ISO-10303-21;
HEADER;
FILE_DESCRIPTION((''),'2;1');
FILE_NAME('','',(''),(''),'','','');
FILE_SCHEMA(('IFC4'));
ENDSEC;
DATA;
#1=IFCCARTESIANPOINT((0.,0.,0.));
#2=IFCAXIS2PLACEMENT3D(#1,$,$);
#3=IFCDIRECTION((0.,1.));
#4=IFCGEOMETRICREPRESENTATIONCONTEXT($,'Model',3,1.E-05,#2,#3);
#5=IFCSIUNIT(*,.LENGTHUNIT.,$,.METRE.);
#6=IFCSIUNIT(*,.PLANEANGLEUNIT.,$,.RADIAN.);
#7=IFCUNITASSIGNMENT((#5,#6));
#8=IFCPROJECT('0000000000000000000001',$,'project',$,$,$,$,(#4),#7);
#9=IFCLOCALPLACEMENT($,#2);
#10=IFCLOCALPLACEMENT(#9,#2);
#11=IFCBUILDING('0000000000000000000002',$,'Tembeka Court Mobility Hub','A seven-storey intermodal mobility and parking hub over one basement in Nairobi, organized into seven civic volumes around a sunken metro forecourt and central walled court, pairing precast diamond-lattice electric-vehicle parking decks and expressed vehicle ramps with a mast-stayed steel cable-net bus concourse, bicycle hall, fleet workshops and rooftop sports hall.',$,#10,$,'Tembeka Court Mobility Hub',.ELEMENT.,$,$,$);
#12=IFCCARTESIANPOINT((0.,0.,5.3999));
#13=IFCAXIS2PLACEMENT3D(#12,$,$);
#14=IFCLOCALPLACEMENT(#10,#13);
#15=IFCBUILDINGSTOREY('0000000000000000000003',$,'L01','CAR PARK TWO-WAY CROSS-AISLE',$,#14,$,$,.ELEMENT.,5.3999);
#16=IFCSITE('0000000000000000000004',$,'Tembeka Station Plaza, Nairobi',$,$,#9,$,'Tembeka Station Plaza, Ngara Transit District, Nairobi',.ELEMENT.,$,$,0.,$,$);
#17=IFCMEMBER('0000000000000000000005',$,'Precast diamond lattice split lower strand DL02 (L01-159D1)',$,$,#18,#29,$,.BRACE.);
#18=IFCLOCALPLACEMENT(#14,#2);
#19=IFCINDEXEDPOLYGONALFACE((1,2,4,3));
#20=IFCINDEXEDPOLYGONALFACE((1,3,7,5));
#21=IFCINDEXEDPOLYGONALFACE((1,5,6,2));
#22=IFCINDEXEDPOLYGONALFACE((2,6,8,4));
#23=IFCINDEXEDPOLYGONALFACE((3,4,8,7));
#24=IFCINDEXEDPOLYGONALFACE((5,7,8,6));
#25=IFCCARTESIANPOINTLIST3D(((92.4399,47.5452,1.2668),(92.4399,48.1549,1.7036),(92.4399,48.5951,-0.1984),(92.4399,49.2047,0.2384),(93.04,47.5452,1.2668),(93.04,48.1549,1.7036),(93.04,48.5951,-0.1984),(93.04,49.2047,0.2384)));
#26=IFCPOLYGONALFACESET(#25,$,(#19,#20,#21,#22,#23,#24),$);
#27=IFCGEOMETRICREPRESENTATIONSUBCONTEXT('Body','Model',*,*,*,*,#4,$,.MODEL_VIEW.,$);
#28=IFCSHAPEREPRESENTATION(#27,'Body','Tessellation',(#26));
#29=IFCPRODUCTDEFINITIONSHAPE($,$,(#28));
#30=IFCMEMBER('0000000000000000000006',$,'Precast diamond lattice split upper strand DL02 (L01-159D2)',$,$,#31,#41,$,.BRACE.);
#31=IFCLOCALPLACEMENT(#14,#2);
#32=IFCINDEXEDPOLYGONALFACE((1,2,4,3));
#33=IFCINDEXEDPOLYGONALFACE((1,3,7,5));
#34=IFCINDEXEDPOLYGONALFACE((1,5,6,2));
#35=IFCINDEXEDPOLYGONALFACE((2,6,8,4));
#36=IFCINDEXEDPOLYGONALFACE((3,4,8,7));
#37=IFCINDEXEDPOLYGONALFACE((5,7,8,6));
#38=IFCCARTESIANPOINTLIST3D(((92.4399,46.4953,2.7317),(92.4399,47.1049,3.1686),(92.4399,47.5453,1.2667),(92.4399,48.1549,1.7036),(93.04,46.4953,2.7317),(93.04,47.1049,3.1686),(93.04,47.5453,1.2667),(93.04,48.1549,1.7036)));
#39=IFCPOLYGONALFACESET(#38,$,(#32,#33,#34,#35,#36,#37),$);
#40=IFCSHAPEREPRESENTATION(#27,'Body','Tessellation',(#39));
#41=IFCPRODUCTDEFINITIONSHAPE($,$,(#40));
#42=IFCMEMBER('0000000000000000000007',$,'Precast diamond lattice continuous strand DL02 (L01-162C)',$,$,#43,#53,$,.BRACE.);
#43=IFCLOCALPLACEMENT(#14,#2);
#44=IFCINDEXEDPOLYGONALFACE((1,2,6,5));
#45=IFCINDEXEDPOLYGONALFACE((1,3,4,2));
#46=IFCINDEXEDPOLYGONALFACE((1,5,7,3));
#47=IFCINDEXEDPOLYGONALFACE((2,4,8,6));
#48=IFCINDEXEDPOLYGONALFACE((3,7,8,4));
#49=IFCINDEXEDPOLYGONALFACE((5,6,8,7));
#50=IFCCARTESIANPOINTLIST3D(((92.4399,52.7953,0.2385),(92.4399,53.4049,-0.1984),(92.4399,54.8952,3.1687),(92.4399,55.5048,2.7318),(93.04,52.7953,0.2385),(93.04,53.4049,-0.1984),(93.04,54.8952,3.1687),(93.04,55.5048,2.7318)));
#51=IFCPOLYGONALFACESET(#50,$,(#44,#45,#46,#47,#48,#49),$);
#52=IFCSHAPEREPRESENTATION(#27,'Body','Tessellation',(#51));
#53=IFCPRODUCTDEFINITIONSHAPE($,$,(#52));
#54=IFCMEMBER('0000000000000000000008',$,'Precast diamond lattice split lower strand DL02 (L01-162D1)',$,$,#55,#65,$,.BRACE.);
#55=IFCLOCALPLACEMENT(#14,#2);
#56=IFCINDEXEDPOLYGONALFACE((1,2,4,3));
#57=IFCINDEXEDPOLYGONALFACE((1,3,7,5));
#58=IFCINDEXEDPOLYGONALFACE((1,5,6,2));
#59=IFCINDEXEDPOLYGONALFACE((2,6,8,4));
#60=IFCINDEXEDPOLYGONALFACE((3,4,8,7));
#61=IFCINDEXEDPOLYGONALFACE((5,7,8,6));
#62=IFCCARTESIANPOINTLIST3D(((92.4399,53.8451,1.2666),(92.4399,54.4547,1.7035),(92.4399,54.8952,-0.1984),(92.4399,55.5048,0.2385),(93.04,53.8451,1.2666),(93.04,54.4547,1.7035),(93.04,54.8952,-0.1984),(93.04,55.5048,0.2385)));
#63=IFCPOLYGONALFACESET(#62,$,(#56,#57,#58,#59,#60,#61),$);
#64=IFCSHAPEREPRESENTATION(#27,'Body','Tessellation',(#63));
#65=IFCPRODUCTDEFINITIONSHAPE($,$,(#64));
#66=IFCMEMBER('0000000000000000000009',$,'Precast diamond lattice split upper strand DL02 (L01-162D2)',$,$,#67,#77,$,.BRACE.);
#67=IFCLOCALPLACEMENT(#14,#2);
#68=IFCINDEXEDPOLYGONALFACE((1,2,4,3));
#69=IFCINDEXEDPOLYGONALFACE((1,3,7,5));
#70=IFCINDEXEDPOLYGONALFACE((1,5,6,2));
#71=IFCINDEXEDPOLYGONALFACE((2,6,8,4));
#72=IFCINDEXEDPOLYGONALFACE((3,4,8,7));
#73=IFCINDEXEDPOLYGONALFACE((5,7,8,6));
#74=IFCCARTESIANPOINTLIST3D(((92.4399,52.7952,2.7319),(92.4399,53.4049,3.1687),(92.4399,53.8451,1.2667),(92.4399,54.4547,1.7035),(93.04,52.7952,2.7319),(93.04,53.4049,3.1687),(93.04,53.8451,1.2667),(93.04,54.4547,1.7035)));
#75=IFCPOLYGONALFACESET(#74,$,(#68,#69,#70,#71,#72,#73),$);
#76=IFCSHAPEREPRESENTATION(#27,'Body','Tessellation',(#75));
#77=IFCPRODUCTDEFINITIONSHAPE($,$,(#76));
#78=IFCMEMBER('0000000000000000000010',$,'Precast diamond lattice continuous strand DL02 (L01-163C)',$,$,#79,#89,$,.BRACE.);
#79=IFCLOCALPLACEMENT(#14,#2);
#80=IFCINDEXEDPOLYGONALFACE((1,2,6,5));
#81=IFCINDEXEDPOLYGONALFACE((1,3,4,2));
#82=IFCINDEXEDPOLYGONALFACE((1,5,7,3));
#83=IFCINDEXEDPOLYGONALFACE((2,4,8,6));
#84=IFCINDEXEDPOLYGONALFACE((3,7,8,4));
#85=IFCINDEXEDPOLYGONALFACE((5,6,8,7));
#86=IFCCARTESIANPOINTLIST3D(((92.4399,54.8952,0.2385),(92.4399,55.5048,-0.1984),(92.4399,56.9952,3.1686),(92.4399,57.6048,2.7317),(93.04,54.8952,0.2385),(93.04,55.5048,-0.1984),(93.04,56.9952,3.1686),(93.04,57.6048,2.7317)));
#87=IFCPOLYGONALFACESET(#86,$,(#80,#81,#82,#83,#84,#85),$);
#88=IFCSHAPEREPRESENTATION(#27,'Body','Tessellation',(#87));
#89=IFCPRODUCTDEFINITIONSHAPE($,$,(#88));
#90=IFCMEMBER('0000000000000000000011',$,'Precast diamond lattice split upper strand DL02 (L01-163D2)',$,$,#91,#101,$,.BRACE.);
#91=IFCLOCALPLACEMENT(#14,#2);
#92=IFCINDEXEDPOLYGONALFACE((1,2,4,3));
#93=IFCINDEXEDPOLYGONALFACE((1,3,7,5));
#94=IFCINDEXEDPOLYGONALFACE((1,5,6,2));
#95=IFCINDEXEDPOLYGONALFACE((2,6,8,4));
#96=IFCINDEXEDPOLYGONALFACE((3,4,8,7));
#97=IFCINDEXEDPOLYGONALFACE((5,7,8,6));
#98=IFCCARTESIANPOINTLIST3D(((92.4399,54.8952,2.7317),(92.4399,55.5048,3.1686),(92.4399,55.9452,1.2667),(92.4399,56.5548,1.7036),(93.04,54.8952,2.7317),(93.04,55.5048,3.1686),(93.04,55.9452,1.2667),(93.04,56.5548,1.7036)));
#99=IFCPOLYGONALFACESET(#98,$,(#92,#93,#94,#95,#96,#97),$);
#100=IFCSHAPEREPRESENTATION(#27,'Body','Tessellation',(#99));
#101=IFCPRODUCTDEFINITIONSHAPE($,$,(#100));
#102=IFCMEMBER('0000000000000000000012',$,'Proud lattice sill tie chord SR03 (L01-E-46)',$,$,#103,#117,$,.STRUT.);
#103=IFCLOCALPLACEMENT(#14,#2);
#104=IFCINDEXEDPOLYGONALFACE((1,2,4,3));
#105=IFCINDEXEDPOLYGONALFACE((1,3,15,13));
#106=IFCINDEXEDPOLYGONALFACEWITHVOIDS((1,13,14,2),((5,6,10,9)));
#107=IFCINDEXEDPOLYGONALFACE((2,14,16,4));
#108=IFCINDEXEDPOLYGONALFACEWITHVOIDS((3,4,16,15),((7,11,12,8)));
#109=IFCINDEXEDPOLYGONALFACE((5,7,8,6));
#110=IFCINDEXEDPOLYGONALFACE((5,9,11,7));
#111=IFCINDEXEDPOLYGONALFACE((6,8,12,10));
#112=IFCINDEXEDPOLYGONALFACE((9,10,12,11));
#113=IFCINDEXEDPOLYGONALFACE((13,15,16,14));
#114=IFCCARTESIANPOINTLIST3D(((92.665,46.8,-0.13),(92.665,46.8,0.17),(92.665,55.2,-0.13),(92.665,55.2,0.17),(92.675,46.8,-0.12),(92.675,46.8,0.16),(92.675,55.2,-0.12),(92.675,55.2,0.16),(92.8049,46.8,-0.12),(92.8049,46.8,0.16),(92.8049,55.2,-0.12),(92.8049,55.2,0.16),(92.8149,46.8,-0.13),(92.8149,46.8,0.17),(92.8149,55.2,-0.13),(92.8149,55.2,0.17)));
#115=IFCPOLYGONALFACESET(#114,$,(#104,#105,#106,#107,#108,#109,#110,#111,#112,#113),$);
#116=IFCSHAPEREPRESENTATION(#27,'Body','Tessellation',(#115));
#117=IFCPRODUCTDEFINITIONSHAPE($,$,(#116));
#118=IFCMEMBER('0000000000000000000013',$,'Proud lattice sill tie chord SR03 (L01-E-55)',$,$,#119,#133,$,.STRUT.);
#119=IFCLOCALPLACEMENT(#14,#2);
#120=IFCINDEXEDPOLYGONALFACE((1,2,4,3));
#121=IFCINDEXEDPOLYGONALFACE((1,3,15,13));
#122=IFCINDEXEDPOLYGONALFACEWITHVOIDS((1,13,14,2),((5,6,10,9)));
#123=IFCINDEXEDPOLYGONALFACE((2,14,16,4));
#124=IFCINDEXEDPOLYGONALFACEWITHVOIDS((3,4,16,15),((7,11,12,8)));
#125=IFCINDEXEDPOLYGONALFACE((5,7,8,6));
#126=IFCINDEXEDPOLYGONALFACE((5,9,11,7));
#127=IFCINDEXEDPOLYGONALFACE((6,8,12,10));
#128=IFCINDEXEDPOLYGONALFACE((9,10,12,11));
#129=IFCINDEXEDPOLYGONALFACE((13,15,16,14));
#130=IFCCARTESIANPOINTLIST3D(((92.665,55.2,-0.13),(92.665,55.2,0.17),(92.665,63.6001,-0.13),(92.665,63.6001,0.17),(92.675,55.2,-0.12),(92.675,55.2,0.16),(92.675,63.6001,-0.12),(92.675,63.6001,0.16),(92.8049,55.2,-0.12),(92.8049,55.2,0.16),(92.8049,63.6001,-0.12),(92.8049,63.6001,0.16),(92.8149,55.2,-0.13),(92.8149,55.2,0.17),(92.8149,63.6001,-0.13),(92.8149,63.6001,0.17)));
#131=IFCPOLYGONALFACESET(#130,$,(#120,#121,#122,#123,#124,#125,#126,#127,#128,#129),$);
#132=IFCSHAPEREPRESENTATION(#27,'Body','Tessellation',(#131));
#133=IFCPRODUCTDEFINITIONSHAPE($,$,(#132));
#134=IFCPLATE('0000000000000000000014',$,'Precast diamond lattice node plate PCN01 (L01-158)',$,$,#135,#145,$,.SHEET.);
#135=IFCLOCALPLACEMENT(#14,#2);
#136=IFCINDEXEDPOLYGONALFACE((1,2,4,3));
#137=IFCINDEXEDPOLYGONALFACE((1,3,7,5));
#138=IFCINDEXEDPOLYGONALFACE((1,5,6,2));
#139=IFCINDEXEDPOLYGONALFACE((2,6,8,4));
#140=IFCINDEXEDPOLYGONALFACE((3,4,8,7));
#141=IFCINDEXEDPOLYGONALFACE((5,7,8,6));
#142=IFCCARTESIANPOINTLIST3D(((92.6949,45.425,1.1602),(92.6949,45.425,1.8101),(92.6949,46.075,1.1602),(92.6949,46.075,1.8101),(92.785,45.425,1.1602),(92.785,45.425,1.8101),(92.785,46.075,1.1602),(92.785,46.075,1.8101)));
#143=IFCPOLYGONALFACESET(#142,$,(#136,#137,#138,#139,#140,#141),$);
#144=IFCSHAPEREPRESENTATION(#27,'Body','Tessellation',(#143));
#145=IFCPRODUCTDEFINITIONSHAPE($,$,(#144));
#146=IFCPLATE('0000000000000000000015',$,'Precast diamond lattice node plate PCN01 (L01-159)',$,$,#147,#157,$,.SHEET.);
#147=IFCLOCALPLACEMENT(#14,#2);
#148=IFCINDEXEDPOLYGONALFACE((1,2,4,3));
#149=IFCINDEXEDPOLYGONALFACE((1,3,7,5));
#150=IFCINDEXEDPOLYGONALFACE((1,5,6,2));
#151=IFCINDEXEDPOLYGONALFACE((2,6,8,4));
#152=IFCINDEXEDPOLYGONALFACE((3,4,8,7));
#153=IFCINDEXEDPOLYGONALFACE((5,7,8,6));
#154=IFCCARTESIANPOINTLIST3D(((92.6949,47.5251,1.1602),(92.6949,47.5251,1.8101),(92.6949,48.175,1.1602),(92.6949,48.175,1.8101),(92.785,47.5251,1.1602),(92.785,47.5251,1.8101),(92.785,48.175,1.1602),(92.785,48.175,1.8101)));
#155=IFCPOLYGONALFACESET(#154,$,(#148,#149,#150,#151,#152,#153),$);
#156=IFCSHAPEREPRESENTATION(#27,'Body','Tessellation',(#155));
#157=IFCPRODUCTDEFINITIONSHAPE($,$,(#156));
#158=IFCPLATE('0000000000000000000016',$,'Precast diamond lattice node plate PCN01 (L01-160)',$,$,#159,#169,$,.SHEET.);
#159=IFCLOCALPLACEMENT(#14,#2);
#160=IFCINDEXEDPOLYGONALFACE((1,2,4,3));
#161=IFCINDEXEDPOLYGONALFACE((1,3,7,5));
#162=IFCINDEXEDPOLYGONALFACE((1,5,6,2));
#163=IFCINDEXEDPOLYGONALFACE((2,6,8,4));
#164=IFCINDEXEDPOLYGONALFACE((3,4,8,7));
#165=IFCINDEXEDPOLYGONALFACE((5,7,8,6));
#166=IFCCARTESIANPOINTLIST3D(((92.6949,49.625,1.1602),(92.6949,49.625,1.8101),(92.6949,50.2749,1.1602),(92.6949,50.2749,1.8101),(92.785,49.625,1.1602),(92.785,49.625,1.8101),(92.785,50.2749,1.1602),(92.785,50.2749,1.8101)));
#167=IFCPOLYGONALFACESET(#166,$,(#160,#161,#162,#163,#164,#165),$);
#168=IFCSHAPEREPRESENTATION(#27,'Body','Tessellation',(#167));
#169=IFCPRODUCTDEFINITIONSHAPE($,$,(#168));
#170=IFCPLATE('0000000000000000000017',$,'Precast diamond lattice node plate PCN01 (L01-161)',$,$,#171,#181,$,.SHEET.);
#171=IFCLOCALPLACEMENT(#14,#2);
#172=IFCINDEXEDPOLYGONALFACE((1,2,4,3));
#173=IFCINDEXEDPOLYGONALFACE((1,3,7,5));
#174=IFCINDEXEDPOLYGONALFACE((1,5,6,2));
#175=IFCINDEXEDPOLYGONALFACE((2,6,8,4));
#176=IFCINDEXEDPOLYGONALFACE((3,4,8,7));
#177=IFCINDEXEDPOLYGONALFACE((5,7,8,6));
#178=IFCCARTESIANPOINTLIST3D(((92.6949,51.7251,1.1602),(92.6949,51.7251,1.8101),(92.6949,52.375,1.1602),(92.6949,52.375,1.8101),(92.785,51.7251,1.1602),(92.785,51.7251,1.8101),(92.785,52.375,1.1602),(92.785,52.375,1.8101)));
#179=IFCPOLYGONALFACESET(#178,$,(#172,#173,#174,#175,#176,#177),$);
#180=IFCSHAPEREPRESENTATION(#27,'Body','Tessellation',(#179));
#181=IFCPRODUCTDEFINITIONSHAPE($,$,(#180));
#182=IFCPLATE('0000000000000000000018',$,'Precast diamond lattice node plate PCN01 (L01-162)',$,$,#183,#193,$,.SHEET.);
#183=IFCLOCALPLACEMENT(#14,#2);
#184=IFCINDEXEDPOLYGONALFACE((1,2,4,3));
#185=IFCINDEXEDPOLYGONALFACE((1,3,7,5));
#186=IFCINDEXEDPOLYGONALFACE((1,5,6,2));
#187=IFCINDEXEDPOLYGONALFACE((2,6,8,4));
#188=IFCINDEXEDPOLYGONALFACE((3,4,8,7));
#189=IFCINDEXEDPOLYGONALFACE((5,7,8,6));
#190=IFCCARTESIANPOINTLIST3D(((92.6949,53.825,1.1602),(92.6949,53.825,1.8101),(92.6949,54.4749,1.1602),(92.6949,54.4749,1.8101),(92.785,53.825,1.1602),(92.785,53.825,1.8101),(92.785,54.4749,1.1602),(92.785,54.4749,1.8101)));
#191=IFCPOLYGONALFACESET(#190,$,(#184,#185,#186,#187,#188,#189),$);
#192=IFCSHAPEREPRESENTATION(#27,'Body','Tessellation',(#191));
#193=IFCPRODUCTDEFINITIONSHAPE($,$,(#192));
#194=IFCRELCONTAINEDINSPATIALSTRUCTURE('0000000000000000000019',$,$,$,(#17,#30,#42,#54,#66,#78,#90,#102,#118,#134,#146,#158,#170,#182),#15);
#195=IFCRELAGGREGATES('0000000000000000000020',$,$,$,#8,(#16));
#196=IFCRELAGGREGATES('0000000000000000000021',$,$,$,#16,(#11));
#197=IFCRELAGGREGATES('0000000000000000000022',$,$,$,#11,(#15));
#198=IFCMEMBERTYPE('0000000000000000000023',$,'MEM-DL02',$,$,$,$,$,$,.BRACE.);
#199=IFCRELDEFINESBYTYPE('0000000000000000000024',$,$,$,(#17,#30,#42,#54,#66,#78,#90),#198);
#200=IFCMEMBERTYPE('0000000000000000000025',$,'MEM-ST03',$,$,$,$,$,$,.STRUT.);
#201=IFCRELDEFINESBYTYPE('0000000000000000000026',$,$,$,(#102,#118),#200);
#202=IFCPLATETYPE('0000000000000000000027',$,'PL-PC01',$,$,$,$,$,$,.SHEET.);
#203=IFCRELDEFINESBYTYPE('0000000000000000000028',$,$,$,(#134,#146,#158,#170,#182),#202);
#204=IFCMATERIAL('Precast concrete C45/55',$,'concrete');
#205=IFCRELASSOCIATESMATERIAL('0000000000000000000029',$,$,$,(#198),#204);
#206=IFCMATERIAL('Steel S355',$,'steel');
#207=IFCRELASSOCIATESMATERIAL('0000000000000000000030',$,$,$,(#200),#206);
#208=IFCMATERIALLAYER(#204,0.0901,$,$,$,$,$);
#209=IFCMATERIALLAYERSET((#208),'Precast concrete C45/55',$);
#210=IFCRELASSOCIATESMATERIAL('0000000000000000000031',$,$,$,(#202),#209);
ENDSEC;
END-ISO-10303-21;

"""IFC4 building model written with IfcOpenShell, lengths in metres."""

from ifc_helpers import new_model, si_unit, direction, frame, origin, origin_2d, place, context, subcontext, project, spatial, rectangle, hollow_rectangle, extrude, material, layer, layer_set, material_profile, profile_set, type_object, element, save


model = new_model("IFC4")

# Units and contexts
model_context = context("Model", 3, precision=1e-05, world=origin(), true_north=direction((0.0, 1.0)))
body_context = subcontext(model_context, "Body", "Model", "MODEL_VIEW")
ifc_project = project(units=[si_unit("LENGTHUNIT", "METRE"), si_unit("PLANEANGLEUNIT", "RADIAN")], contexts=[model_context])

# Site, building, storey
site_placement = place(None, origin())
site = spatial("IfcSite", under=ifc_project, at=site_placement, Name="Tembeka Station Plaza, Nairobi", LongName="Tembeka Station Plaza, Ngara Transit District, Nairobi", CompositionType="ELEMENT", RefElevation=0.0)
building_placement = place(site_placement, origin())
building = spatial("IfcBuilding", under=site, at=building_placement, Name="Tembeka Court Mobility Hub", Description="A seven-storey intermodal mobility and parking hub over one basement in Nairobi, organized into seven civic volumes around a sunken metro forecourt and central walled court, pairing precast diamond-lattice electric-vehicle parking decks and expressed vehicle ramps with a mast-stayed steel cable-net bus concourse, bicycle hall, fleet workshops and rooftop sports hall.", LongName="Tembeka Court Mobility Hub", CompositionType="ELEMENT")
storey_placement = place(building_placement, frame((0.0, 0.0, 5.3999)))
storey = spatial("IfcBuildingStorey", under=building, at=storey_placement, Name="L01", Description="CAR PARK TWO-WAY CROSS-AISLE", CompositionType="ELEMENT", Elevation=5.3999)

# Shared definitions
ifc_material_1 = material(Name="Steel S355", Category="steel")

# Members
ifc_material_2 = material(Name="Precast concrete C45/55", Category="concrete")
ifc_material_profile_1 = material_profile(ifc_material_2, rectangle(XDim=0.6001, YDim=0.75, at=origin_2d()), Name="PC-DIAG 600x750")
ifc_profile_set_1 = profile_set([ifc_material_profile_1], Name="Precast concrete C45/55")
member_type_1 = type_object("IfcMemberType", Name="MEM-DL02", PredefinedType="BRACE", material=ifc_profile_set_1)
for number, where, z_axis, x_axis, name in (
    (1, (92.74, 48.8999, 0.02), (0.0, -0.582455, 0.812863), (1.0, 0.0, 0.0), "Precast diamond lattice split lower strand DL02 (L01-159D1)"),
    (2, (92.74, 47.8501, 1.4851), (0.0, -0.582544, 0.812799), (1.0, 0.0, 0.0), "Precast diamond lattice split upper strand DL02 (L01-159D2)"),
):
    element("IfcMember", number, at=place(storey_placement, frame(where, z_axis=z_axis, x_axis=x_axis)), inside=storey, type_object=member_type_1, Name=name, PredefinedType="BRACE", context=body_context, shape_type="SweptSolid", body=[
        extrude(rectangle(XDim=0.6001, YDim=0.75, at=origin_2d()), origin(), (0.0, 0.0, 1.0), 1.8025),
    ])
member_1_placement = place(storey_placement, frame((92.74, 53.1001, 0.02), z_axis=(0.0, 0.5825, 0.812831), x_axis=(-1.0, 0.0, 0.0)))
element("IfcMember", 3, at=member_1_placement, inside=storey, type_object=member_type_1, Name="Precast diamond lattice continuous strand DL02 (L01-162C)", PredefinedType="BRACE", context=body_context, shape_type="SweptSolid", body=[
    extrude(rectangle(XDim=0.6001, YDim=0.75, at=origin_2d()), origin(), (0.0, 0.0, 1.0), 3.605),
])
for number, where, z_axis, x_axis, name in (
    (4, (92.74, 55.2, 0.02), (0.0, -0.582544, 0.812799), (1.0, 0.0, 0.0), "Precast diamond lattice split lower strand DL02 (L01-162D1)"),
    (5, (92.74, 54.1499, 1.4851), (0.0, -0.582455, 0.812863), (1.0, 0.0, 0.0), "Precast diamond lattice split upper strand DL02 (L01-162D2)"),
):
    element("IfcMember", number, at=place(storey_placement, frame(where, z_axis=z_axis, x_axis=x_axis)), inside=storey, type_object=member_type_1, Name=name, PredefinedType="BRACE", context=body_context, shape_type="SweptSolid", body=[
        extrude(rectangle(XDim=0.6001, YDim=0.75, at=origin_2d()), origin(), (0.0, 0.0, 1.0), 1.8025),
    ])
member_2_placement = place(storey_placement, frame((92.74, 55.2, 0.02), z_axis=(0.0, 0.582544, 0.812799), x_axis=(-1.0, 0.0, 0.0)))
element("IfcMember", 6, at=member_2_placement, inside=storey, type_object=member_type_1, Name="Precast diamond lattice continuous strand DL02 (L01-163C)", PredefinedType="BRACE", context=body_context, shape_type="SweptSolid", body=[
    extrude(rectangle(XDim=0.6001, YDim=0.75, at=origin_2d()), origin(), (0.0, 0.0, 1.0), 3.605),
])
member_3_placement = place(storey_placement, frame((92.74, 56.25, 1.4851), z_axis=(0.0, -0.582544, 0.812799), x_axis=(1.0, 0.0, 0.0)))
element("IfcMember", 7, at=member_3_placement, inside=storey, type_object=member_type_1, Name="Precast diamond lattice split upper strand DL02 (L01-163D2)", PredefinedType="BRACE", context=body_context, shape_type="SweptSolid", body=[
    extrude(rectangle(XDim=0.6001, YDim=0.75, at=origin_2d()), origin(), (0.0, 0.0, 1.0), 1.8025),
])
ifc_material_profile_2 = material_profile(ifc_material_1, hollow_rectangle(XDim=0.1499, YDim=0.3, WallThickness=0.01, at=origin_2d()), Name="RHS 300x150x10")
ifc_profile_set_2 = profile_set([ifc_material_profile_2], Name="Steel S355")
member_type_2 = type_object("IfcMemberType", Name="MEM-ST03", PredefinedType="STRUT", material=ifc_profile_set_2)
member_4_placement = place(storey_placement, frame((92.74, 46.8, 0.02), z_axis=(0.0, 1.0, 0.0), x_axis=(-1.0, 0.0, 0.0)))
element("IfcMember", 8, at=member_4_placement, inside=storey, type_object=member_type_2, Name="Proud lattice sill tie chord SR03 (L01-E-46)", PredefinedType="STRUT", context=body_context, shape_type="SweptSolid", body=[
    extrude(hollow_rectangle(XDim=0.1499, YDim=0.3, WallThickness=0.01, at=origin_2d()), origin(), (0.0, 0.0, 1.0), 8.3999),
])
member_5_placement = place(storey_placement, frame((92.74, 55.2, 0.02), z_axis=(0.0, 1.0, 0.0), x_axis=(-1.0, 0.0, 0.0)))
element("IfcMember", 9, at=member_5_placement, inside=storey, type_object=member_type_2, Name="Proud lattice sill tie chord SR03 (L01-E-55)", PredefinedType="STRUT", context=body_context, shape_type="SweptSolid", body=[
    extrude(hollow_rectangle(XDim=0.1499, YDim=0.3, WallThickness=0.01, at=origin_2d()), origin(), (0.0, 0.0, 1.0), 8.4001),
])

# Plates
ifc_layer = layer(ifc_material_2, 0.0901)
ifc_layer_set = layer_set([ifc_layer], Name="Precast concrete C45/55")
plate_type = type_object("IfcPlateType", Name="PL-PC01", PredefinedType="SHEET", material=ifc_layer_set)
for number, where, z_axis, x_axis, name in (
    (10, (92.74, 45.75, 1.1602), (0.0, 0.0, 1.0), (1.0, 0.0, 0.0), "Precast diamond lattice node plate PCN01 (L01-158)"),
    (11, (92.74, 47.8501, 1.1602), (0.0, 0.0, 1.0), (1.0, 0.0, 0.0), "Precast diamond lattice node plate PCN01 (L01-159)"),
    (12, (92.74, 49.95, 1.1602), (0.0, 0.0, 1.0), (1.0, 0.0, 0.0), "Precast diamond lattice node plate PCN01 (L01-160)"),
    (13, (92.74, 52.05, 1.1602), (0.0, 0.0, 1.0), (1.0, 0.0, 0.0), "Precast diamond lattice node plate PCN01 (L01-161)"),
    (14, (92.74, 54.1499, 1.1602), (0.0, 0.0, 1.0), (1.0, 0.0, 0.0), "Precast diamond lattice node plate PCN01 (L01-162)"),
):
    element("IfcPlate", number, at=place(storey_placement, frame(where, z_axis=z_axis, x_axis=x_axis)), inside=storey, type_object=plate_type, Name=name, PredefinedType="SHEET", context=body_context, shape_type="SweptSolid", body=[
        extrude(rectangle(XDim=0.0901, YDim=0.6499, at=origin_2d()), origin(), (0.0, 0.0, 1.0), 0.6499),
    ])

save(model, "model.ifc")
